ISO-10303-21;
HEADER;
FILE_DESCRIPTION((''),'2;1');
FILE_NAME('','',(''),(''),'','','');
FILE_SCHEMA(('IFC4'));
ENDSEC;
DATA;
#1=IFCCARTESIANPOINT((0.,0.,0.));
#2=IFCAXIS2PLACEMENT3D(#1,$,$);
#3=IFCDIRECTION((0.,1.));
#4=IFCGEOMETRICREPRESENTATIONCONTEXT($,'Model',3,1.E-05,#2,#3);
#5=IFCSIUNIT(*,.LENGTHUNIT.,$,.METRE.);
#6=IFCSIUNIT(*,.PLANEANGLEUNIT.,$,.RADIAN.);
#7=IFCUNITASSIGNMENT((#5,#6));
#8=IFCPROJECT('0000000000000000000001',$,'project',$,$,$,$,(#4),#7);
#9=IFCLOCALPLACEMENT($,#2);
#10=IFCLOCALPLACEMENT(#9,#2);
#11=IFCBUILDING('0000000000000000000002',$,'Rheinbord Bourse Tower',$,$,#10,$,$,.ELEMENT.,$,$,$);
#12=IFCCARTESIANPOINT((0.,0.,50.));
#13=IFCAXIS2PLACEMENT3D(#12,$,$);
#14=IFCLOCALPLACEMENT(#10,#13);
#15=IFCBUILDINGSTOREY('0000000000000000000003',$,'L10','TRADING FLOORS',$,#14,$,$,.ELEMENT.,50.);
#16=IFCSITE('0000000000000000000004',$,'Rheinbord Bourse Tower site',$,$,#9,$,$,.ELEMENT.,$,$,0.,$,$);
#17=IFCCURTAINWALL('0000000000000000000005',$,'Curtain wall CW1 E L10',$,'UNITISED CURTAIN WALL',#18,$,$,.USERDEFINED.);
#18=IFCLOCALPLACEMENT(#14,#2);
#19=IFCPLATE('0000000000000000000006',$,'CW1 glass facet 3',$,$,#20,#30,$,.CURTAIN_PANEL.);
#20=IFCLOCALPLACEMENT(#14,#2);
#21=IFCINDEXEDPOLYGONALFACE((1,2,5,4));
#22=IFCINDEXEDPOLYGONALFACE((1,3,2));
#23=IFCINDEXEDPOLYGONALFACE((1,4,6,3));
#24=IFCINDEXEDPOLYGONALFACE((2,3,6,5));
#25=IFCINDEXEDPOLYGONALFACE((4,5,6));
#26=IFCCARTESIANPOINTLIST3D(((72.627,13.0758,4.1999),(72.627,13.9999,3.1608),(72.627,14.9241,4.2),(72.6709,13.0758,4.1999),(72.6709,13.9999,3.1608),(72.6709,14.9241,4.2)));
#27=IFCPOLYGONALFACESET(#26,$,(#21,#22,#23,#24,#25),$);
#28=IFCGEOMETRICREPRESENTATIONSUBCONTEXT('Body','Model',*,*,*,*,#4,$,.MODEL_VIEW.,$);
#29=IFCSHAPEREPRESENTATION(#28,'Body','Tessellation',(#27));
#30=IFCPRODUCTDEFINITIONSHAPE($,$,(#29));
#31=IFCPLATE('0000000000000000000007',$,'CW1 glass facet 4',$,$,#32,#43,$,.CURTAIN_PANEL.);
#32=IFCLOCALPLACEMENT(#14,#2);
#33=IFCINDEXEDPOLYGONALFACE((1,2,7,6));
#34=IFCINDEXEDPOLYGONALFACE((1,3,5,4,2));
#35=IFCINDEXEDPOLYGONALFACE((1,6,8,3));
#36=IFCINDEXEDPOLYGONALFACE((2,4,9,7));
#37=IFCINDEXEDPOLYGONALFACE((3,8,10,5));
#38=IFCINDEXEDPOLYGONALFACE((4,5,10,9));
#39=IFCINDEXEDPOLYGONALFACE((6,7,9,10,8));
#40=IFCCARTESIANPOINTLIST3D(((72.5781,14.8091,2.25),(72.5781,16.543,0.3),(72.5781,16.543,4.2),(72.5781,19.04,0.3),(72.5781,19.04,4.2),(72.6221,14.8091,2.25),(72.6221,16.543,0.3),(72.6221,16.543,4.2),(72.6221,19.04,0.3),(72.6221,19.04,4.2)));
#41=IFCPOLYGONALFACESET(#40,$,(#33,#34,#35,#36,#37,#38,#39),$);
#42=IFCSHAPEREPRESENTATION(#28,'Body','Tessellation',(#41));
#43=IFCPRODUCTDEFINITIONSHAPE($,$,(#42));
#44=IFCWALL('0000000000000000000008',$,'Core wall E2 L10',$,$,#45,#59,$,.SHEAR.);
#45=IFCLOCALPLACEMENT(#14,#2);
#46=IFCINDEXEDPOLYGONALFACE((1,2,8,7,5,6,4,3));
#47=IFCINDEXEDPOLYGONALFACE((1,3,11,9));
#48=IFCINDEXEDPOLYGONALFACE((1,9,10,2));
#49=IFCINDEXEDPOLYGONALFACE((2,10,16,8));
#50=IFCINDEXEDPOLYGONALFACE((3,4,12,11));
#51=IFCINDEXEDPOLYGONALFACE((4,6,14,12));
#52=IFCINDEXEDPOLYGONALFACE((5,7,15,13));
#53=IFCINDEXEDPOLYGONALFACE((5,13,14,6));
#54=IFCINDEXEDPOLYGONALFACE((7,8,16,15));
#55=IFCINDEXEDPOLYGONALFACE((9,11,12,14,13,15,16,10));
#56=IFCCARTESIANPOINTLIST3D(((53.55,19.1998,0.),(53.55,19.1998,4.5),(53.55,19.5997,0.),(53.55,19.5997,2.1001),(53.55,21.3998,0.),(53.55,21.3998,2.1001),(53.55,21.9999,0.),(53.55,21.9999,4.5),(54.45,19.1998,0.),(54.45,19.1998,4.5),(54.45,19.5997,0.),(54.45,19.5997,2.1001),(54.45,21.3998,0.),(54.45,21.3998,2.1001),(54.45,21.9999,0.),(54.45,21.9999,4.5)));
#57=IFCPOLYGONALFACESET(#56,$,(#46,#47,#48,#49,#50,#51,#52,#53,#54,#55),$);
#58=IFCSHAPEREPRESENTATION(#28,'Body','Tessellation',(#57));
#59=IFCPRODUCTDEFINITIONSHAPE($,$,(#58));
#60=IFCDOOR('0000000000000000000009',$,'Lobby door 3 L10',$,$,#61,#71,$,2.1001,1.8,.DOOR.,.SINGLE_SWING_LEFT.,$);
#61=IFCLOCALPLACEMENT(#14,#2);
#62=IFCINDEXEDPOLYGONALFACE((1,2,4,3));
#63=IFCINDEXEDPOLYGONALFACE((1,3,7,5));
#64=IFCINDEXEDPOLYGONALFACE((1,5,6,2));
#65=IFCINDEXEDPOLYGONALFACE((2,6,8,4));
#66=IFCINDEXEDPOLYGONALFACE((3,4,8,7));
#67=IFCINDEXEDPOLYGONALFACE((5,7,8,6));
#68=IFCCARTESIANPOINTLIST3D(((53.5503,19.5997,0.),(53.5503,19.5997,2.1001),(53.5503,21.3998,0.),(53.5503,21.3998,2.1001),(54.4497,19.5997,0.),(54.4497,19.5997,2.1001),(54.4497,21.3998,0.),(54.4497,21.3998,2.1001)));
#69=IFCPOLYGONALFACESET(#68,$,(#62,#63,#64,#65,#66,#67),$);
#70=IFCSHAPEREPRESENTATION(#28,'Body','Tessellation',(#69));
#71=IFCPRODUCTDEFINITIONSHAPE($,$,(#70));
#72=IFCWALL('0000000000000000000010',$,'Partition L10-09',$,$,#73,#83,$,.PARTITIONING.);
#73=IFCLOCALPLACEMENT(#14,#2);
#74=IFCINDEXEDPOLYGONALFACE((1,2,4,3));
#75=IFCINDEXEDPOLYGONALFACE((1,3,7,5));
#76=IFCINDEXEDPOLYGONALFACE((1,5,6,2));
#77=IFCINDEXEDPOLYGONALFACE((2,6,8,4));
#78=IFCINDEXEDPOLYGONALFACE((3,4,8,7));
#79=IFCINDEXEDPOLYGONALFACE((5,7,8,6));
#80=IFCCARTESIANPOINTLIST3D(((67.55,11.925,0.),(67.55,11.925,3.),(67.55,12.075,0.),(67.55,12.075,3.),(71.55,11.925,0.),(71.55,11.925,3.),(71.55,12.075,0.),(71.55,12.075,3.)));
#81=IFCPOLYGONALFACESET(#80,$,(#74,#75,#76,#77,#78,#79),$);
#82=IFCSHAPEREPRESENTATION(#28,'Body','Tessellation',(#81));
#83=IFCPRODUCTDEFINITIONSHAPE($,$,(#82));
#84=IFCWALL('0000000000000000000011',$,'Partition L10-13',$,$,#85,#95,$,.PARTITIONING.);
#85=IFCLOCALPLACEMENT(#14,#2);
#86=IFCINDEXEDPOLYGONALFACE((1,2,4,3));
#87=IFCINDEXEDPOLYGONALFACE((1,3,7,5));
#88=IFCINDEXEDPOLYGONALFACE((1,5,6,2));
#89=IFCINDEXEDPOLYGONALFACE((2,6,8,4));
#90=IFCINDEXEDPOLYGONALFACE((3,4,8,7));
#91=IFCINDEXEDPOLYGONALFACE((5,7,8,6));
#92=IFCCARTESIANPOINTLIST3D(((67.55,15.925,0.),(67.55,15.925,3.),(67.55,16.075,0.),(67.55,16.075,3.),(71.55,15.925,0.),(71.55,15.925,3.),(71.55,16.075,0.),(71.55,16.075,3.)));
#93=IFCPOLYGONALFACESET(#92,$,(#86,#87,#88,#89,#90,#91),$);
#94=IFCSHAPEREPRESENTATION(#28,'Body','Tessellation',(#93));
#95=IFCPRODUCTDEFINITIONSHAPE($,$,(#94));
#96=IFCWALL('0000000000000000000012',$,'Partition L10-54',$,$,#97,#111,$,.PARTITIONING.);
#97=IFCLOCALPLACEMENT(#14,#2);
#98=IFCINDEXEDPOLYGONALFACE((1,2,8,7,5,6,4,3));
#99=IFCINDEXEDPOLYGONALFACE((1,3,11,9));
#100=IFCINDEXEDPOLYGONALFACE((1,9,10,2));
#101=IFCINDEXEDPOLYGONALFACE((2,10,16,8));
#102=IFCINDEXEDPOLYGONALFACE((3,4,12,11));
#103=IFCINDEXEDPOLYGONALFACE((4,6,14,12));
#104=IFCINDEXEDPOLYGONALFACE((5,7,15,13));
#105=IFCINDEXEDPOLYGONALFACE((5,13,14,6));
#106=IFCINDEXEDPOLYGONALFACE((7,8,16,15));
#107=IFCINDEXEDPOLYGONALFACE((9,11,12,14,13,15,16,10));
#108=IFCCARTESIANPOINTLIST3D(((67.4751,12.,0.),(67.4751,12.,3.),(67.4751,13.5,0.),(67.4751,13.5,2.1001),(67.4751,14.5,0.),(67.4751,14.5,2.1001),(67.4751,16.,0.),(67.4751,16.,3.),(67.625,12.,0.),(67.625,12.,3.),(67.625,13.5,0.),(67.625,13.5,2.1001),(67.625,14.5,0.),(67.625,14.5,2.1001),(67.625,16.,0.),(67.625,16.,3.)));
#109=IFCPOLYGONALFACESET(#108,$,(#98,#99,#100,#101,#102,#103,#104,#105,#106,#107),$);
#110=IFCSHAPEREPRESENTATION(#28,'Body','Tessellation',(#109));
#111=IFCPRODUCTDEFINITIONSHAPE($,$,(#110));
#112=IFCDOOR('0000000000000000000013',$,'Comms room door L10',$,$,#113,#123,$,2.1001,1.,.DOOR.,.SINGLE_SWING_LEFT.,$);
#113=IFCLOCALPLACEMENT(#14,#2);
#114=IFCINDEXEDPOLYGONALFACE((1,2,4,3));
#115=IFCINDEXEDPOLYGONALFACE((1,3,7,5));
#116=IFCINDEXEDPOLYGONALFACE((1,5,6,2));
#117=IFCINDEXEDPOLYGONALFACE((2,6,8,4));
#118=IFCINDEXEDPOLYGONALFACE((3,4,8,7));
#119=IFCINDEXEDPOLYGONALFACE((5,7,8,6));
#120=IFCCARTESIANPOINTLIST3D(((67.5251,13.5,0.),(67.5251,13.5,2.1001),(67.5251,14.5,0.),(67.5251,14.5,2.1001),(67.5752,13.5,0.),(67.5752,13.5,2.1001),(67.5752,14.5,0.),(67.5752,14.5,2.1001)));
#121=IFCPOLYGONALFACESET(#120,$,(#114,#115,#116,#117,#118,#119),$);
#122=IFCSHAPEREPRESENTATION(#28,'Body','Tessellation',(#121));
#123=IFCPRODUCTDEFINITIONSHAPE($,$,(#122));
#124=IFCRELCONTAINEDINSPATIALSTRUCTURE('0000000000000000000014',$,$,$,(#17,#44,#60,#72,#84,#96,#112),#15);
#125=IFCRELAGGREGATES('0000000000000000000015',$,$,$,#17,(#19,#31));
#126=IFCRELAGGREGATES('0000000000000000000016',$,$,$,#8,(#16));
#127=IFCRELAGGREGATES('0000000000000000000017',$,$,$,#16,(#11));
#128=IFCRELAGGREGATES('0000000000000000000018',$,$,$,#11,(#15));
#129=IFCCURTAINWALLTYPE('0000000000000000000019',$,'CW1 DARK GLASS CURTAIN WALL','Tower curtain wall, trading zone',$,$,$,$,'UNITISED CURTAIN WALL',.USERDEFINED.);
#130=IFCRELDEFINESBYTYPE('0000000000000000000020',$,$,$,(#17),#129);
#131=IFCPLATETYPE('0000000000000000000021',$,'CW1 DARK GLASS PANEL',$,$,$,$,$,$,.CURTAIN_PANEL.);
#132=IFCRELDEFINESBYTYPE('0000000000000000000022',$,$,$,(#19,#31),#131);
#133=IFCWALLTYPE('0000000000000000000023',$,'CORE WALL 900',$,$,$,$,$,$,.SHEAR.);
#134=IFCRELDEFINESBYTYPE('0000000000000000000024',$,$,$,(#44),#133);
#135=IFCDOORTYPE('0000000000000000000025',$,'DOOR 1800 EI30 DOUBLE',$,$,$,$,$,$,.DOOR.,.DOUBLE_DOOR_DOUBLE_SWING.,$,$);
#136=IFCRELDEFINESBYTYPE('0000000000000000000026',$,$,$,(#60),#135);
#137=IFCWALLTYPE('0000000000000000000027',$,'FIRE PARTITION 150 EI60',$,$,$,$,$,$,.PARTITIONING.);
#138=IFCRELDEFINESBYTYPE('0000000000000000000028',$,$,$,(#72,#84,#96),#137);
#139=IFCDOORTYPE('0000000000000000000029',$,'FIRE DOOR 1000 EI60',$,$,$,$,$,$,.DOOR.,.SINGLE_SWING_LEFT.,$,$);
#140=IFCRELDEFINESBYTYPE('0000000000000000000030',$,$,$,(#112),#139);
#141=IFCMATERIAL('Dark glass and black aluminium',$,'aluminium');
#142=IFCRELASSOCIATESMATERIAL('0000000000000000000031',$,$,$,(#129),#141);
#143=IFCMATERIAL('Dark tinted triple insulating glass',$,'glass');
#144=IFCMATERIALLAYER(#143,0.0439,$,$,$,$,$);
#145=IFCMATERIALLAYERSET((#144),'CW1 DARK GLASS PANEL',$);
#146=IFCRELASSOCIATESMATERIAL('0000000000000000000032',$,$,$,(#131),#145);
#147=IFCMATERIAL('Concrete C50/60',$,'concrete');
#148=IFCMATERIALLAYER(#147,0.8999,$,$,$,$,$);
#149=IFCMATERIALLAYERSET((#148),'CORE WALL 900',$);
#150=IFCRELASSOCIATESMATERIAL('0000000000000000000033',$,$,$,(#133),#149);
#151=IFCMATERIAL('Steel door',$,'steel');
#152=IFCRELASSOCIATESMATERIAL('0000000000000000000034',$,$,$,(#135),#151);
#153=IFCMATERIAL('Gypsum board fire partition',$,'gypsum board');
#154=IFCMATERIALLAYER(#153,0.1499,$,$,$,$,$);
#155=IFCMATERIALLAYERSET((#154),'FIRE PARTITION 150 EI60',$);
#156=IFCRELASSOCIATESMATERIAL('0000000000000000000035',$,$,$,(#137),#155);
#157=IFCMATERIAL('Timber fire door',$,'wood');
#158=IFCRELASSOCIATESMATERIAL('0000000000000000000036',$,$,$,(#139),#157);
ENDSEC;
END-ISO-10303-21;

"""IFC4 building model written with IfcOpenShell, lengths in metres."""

from ifc_helpers import new_model, si_unit, direction, frame, frame_2d, origin, place, context, subcontext, project, spatial, polyline, rectangle, outline, extrude, material, layer, layer_set, type_object, element, fill, aggregate, save


model = new_model("IFC4")

# Units and contexts
model_context = context("Model", 3, precision=1e-05, world=origin(), true_north=direction((0.0, 1.0)))
body_context = subcontext(model_context, "Body", "Model", "MODEL_VIEW")
ifc_project = project(units=[si_unit("LENGTHUNIT", "METRE"), si_unit("PLANEANGLEUNIT", "RADIAN")], contexts=[model_context])

# Site, building, storey
site_placement = place(None, origin())
site = spatial("IfcSite", under=ifc_project, at=site_placement, Name="Rheinbord Bourse Tower site", CompositionType="ELEMENT", RefElevation=0.0)
building_placement = place(site_placement, origin())
building = spatial("IfcBuilding", under=site, at=building_placement, Name="Rheinbord Bourse Tower", CompositionType="ELEMENT")
storey_placement = place(building_placement, frame((0.0, 0.0, 50.0)))
storey = spatial("IfcBuildingStorey", under=building, at=storey_placement, Name="L10", Description="TRADING FLOORS", CompositionType="ELEMENT", Elevation=50.0)

# Curtain wall
ifc_material_1 = material(Name="Dark glass and black aluminium", Category="aluminium")
curtain_wall_type = type_object("IfcCurtainWallType", Name="CW1 DARK GLASS CURTAIN WALL", Description="Tower curtain wall, trading zone", ElementType="UNITISED CURTAIN WALL", PredefinedType="USERDEFINED", material=ifc_material_1)
curtain_wall_placement = place(storey_placement, origin())
curtain_wall = element("IfcCurtainWall", 1, at=curtain_wall_placement, inside=storey, type_object=curtain_wall_type, Name="Curtain wall CW1 E L10", ObjectType="UNITISED CURTAIN WALL", PredefinedType="USERDEFINED")

# Plates
ifc_material_2 = material(Name="Dark tinted triple insulating glass", Category="glass")
ifc_layer_1 = layer(ifc_material_2, 0.0439)
ifc_layer_set_1 = layer_set([ifc_layer_1], Name="CW1 DARK GLASS PANEL")
plate_type = type_object("IfcPlateType", Name="CW1 DARK GLASS PANEL", PredefinedType="CURTAIN_PANEL", material=ifc_layer_set_1)
plate_1_placement = place(storey_placement, frame((72.6709, 14.9241, 4.2), z_axis=(-1.0, 0.0, 0.0), x_axis=(0.0, -0.664549, -0.747245)))
plate_1 = element("IfcPlate", 2, at=plate_1_placement, type_object=plate_type, Name="CW1 glass facet 3", PredefinedType="CURTAIN_PANEL", context=body_context, shape_type="SweptSolid", body=[
    extrude(outline(polyline([(0.0, 0.0), (1.3906, 0.0), (1.2283, 1.3811), (0.0, 0.0)])), origin(), (0.0, 0.0, 1.0), 0.0439),
])
plate_2_placement = place(storey_placement, frame((72.6221, 19.04, 4.2), z_axis=(-1.0, 0.0, 0.0), x_axis=(0.0, 0.0, -1.0)))
plate_2 = element("IfcPlate", 3, at=plate_2_placement, type_object=plate_type, Name="CW1 glass facet 4", PredefinedType="CURTAIN_PANEL", context=body_context, shape_type="SweptSolid", body=[
    extrude(outline(polyline([(0.0, 0.0), (3.8999, 0.0), (3.8999, 2.4971), (1.95, 4.231), (0.0, 2.4971), (0.0, 0.0)])), origin(), (0.0, 0.0, 1.0), 0.0439),
])
aggregate(curtain_wall, [plate_1, plate_2])

# Wall, opening, door
ifc_material_3 = material(Name="Concrete C50/60", Category="concrete")
ifc_layer_2 = layer(ifc_material_3, 0.8999)
ifc_layer_set_2 = layer_set([ifc_layer_2], Name="CORE WALL 900")
wall_type_1 = type_object("IfcWallType", Name="CORE WALL 900", PredefinedType="SHEAR", material=ifc_layer_set_2)
wall_1_placement = place(storey_placement, frame((54.0, 19.2, 0.0), z_axis=(0.0, 0.0, 1.0), x_axis=(0.0, 1.0, 0.0)))
wall_1 = element("IfcWall", 4, at=wall_1_placement, inside=storey, type_object=wall_type_1, Name="Core wall E2 L10", PredefinedType="SHEAR", context=body_context, shape_type="SweptSolid", body=[
    extrude(rectangle(XDim=2.8, YDim=0.8999, at=frame_2d((1.3999, 0.0))), origin(), (0.0, 0.0, 1.0), 4.5),
])
opening_1_placement = place(wall_1_placement, frame((0.3999, 0.0, 0.0)))
opening_1 = element("IfcOpeningElement", 5, at=opening_1_placement, cuts=wall_1, PredefinedType="OPENING", context=body_context, shape_type="SweptSolid", body=[
    extrude(rectangle(XDim=1.8, YDim=2.1001, at=frame_2d((0.8999, 1.05))), frame((0.0, 0.46, 0.0), z_axis=(0.0, -1.0, 0.0), x_axis=(1.0, 0.0, 0.0)), (0.0, 0.0, 1.0), 0.9199),
])
ifc_material_4 = material(Name="Steel door", Category="steel")
door_type_1 = type_object("IfcDoorType", Name="DOOR 1800 EI30 DOUBLE", OperationType="DOUBLE_DOOR_DOUBLE_SWING", PredefinedType="DOOR", material=ifc_material_4)
door_1_placement = place(opening_1_placement, origin())
door_1 = element("IfcDoor", 6, at=door_1_placement, inside=storey, type_object=door_type_1, Name="Lobby door 3 L10", OperationType="SINGLE_SWING_LEFT", OverallHeight=2.1001, OverallWidth=1.8, PredefinedType="DOOR", context=body_context, shape_type="SweptSolid", body=[
    extrude(rectangle(XDim=1.8, YDim=2.1001, at=frame_2d((0.8999, 1.05))), frame((0.0, 0.4497, 0.0), z_axis=(0.0, -1.0, 0.0), x_axis=(1.0, 0.0, 0.0)), (0.0, 0.0, 1.0), 0.8994),
])
fill(opening_1, door_1)

# Walls
ifc_material_5 = material(Name="Gypsum board fire partition", Category="gypsum board")
ifc_layer_3 = layer(ifc_material_5, 0.1499)
ifc_layer_set_3 = layer_set([ifc_layer_3], Name="FIRE PARTITION 150 EI60")
wall_type_2 = type_object("IfcWallType", Name="FIRE PARTITION 150 EI60", PredefinedType="PARTITIONING", material=ifc_layer_set_3)
for number, where, z_axis, x_axis, name in (
    (7, (67.55, 12.0, 0.0), (0.0, 0.0, 1.0), (1.0, 0.0, 0.0), "Partition L10-09"),
    (8, (67.55, 16.0, 0.0), (0.0, 0.0, 1.0), (1.0, 0.0, 0.0), "Partition L10-13"),
):
    element("IfcWall", number, at=place(storey_placement, frame(where, z_axis=z_axis, x_axis=x_axis)), inside=storey, type_object=wall_type_2, Name=name, PredefinedType="PARTITIONING", context=body_context, shape_type="SweptSolid", body=[
        extrude(rectangle(XDim=4.0, YDim=0.1499, at=frame_2d((2.0, 0.0))), origin(), (0.0, 0.0, 1.0), 3.0),
    ])

# Wall, opening, door
wall_2_placement = place(storey_placement, frame((67.55, 12.0, 0.0), z_axis=(0.0, 0.0, 1.0), x_axis=(0.0, 1.0, 0.0)))
wall_2 = element("IfcWall", 9, at=wall_2_placement, inside=storey, type_object=wall_type_2, Name="Partition L10-54", PredefinedType="PARTITIONING", context=body_context, shape_type="SweptSolid", body=[
    extrude(rectangle(XDim=4.0, YDim=0.1499, at=frame_2d((2.0, 0.0))), origin(), (0.0, 0.0, 1.0), 3.0),
])
opening_2_placement = place(wall_2_placement, frame((1.5, 0.0, 0.0)))
opening_2 = element("IfcOpeningElement", 10, at=opening_2_placement, cuts=wall_2, PredefinedType="OPENING", context=body_context, shape_type="SweptSolid", body=[
    extrude(rectangle(XDim=1.0, YDim=2.1001, at=frame_2d((0.5, 1.05))), frame((0.0, 0.085, 0.0), z_axis=(0.0, -1.0, 0.0), x_axis=(1.0, 0.0, 0.0)), (0.0, 0.0, 1.0), 0.1699),
])
ifc_material_6 = material(Name="Timber fire door", Category="wood")
door_type_2 = type_object("IfcDoorType", Name="FIRE DOOR 1000 EI60", OperationType="SINGLE_SWING_LEFT", PredefinedType="DOOR", material=ifc_material_6)
door_2_placement = place(opening_2_placement, origin())
door_2 = element("IfcDoor", 11, at=door_2_placement, inside=storey, type_object=door_type_2, Name="Comms room door L10", OperationType="SINGLE_SWING_LEFT", OverallHeight=2.1001, OverallWidth=1.0, PredefinedType="DOOR", context=body_context, shape_type="SweptSolid", body=[
    extrude(rectangle(XDim=1.0, YDim=2.1001, at=frame_2d((0.5, 1.05))), frame((0.0, 0.0249, 0.0), z_axis=(0.0, -1.0, 0.0), x_axis=(1.0, 0.0, 0.0)), (0.0, 0.0, 1.0), 0.05),
])
fill(opening_2, door_2)

save(model, "model.ifc")
